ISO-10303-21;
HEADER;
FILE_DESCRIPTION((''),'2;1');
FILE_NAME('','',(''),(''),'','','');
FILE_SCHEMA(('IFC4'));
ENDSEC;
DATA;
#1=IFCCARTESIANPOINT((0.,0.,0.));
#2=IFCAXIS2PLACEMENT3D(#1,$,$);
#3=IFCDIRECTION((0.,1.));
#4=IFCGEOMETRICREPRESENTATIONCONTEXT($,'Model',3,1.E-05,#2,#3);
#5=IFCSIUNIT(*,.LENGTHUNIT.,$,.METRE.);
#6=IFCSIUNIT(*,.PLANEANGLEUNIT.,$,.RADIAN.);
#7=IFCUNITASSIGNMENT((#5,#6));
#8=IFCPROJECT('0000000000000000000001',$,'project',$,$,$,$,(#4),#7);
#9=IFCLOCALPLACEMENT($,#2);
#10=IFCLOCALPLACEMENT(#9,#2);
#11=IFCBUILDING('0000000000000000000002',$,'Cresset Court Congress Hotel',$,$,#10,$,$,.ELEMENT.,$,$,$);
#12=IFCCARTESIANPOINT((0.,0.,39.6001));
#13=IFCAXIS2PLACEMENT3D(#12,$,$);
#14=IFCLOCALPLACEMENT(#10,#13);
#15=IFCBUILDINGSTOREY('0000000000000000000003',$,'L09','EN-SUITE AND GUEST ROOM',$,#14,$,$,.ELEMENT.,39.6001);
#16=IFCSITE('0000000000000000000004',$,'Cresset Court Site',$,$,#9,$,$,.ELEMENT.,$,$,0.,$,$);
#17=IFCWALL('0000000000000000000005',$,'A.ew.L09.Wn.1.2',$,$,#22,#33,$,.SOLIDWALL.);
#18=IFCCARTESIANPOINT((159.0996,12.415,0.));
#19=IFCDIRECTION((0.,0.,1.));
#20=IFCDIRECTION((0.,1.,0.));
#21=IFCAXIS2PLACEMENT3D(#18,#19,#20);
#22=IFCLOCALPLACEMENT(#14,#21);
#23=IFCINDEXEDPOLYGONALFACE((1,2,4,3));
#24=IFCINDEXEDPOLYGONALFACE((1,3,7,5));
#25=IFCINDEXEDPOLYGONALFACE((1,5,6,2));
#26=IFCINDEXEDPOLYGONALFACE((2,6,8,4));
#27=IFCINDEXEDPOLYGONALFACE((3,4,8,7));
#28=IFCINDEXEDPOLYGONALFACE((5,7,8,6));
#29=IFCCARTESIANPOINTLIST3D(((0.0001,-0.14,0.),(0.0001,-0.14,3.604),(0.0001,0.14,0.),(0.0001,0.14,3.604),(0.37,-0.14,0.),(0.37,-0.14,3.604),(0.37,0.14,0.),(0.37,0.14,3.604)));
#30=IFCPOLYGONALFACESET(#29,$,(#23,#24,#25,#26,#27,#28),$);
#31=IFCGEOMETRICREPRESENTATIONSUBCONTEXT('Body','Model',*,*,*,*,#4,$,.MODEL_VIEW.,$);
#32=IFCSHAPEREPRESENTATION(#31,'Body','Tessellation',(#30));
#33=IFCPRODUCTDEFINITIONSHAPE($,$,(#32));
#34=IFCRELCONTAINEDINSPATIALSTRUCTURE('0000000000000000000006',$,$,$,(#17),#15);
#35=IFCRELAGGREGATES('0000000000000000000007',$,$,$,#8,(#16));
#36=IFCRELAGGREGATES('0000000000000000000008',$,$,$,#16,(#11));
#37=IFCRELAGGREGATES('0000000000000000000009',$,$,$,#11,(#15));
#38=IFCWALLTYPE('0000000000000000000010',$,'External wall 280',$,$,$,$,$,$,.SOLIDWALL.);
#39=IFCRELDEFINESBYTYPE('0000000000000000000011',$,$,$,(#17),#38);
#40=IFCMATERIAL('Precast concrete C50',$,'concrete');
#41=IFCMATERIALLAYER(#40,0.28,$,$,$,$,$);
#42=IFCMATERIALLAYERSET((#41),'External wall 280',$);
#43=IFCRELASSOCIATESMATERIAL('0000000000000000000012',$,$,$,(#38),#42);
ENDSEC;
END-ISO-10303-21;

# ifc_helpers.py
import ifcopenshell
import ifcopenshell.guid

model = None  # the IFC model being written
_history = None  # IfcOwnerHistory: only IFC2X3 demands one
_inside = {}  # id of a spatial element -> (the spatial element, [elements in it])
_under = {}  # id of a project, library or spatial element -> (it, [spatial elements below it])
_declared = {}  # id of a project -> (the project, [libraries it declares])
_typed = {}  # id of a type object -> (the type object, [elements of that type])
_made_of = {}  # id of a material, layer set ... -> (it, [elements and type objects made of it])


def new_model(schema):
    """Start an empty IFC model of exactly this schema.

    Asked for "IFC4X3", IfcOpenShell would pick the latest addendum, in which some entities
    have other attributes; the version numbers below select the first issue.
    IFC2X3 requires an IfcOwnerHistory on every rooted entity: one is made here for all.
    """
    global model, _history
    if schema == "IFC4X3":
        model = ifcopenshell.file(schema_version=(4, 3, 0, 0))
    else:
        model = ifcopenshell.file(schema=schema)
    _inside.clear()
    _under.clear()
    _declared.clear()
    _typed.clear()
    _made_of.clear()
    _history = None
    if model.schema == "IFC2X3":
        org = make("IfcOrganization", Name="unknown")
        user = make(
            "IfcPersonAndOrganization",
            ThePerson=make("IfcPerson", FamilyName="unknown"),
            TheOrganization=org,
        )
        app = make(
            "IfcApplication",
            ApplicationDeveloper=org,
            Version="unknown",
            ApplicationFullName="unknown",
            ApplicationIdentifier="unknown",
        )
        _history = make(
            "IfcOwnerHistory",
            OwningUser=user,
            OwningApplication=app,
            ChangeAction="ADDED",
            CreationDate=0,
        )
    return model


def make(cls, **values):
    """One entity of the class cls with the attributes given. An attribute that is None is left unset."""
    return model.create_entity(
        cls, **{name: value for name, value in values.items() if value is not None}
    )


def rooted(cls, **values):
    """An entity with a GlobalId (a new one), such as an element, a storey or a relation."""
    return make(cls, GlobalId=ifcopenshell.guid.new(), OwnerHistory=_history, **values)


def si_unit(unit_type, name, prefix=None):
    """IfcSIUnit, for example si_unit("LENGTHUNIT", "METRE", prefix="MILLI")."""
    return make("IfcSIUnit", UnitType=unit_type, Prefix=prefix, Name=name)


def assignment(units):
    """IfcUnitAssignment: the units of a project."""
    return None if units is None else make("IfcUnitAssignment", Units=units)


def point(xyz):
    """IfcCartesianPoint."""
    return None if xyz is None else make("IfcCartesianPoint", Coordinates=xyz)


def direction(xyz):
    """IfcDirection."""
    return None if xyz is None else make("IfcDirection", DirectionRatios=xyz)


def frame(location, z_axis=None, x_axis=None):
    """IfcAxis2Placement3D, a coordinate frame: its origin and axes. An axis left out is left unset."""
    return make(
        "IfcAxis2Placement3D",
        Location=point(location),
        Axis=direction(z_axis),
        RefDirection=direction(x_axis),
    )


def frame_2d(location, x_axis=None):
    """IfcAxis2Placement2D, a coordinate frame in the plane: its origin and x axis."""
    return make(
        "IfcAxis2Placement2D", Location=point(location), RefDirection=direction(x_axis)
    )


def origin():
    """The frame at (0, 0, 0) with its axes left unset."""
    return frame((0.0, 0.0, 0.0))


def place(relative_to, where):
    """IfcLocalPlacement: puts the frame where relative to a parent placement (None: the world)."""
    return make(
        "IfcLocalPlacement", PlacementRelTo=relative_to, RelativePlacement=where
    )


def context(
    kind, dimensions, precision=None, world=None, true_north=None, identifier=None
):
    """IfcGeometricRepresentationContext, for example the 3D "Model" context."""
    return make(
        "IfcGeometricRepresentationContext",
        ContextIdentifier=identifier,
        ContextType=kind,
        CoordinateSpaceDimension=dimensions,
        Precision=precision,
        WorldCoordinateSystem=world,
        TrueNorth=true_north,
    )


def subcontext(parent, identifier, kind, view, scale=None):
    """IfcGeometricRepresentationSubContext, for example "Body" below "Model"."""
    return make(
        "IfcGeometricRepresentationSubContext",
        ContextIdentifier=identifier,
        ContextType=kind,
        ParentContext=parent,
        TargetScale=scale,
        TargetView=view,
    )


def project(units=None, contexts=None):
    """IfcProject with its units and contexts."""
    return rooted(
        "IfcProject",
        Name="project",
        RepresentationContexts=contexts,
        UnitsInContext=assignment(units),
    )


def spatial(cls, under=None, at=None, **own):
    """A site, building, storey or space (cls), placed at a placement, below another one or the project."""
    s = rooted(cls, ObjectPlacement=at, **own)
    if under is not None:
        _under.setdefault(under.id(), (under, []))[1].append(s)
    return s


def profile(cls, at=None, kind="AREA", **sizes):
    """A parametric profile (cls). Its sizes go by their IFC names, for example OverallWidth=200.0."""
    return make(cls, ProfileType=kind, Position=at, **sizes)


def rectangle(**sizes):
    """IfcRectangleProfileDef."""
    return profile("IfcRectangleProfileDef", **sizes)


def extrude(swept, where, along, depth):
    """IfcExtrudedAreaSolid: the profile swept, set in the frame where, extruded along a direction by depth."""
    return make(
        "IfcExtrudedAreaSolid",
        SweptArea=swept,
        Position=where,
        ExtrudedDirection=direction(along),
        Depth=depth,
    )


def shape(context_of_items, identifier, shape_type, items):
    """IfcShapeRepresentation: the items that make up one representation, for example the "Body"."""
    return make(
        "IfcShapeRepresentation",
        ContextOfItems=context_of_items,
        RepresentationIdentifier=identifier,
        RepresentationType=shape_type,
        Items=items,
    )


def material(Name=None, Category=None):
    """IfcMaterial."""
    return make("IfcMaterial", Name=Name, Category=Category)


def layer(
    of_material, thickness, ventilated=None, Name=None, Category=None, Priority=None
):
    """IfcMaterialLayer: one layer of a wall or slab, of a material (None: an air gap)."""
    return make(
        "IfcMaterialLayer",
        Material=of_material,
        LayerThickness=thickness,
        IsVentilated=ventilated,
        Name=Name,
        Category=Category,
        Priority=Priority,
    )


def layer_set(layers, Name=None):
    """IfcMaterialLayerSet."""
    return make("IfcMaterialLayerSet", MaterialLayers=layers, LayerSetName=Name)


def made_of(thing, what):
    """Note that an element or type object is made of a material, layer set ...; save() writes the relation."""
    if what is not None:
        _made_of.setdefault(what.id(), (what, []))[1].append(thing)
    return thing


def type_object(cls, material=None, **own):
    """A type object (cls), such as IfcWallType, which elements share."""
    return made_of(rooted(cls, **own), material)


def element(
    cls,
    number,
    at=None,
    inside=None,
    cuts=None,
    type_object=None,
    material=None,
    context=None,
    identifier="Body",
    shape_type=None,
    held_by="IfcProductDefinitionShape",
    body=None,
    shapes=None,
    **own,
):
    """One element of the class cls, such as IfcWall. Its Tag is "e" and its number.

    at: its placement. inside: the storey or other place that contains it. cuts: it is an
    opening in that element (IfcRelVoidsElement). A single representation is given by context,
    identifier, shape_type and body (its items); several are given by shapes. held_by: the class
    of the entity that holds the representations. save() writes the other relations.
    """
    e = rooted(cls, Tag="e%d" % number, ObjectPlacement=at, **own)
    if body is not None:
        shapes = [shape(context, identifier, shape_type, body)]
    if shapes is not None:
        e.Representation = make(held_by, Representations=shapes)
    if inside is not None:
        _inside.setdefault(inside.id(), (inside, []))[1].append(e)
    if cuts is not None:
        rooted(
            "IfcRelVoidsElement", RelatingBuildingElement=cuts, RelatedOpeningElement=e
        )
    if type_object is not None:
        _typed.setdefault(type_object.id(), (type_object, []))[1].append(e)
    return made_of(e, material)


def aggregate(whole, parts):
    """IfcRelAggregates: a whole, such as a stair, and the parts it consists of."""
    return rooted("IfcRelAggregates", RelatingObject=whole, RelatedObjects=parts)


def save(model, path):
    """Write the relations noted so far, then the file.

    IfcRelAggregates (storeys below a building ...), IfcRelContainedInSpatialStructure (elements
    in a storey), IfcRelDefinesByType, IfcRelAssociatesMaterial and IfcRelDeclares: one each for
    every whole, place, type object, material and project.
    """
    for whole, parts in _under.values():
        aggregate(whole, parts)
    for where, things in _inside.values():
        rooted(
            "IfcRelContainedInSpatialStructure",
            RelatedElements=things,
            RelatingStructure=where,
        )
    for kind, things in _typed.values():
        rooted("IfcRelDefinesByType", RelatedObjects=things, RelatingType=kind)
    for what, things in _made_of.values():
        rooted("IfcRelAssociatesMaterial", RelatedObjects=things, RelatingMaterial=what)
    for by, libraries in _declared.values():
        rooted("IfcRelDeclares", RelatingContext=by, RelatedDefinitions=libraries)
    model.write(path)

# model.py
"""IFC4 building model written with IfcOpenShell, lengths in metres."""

from ifc_helpers import new_model, si_unit, direction, frame, frame_2d, origin, place, context, subcontext, project, spatial, rectangle, extrude, material, layer, layer_set, type_object, element, save


model = new_model("IFC4")

# Units and contexts
model_context = context("Model", 3, precision=1e-05, world=origin(), true_north=direction((0.0, 1.0)))
body_context = subcontext(model_context, "Body", "Model", "MODEL_VIEW")
ifc_project = project(units=[si_unit("LENGTHUNIT", "METRE"), si_unit("PLANEANGLEUNIT", "RADIAN")], contexts=[model_context])

# Site, building, storey
site_placement = place(None, origin())
site = spatial("IfcSite", under=ifc_project, at=site_placement, Name="Cresset Court Site", CompositionType="ELEMENT", RefElevation=0.0)
building_placement = place(site_placement, origin())
building = spatial("IfcBuilding", under=site, at=building_placement, Name="Cresset Court Congress Hotel", CompositionType="ELEMENT")
storey_placement = place(building_placement, frame((0.0, 0.0, 39.6001)))
storey = spatial("IfcBuildingStorey", under=building, at=storey_placement, Name="L09", Description="EN-SUITE AND GUEST ROOM", CompositionType="ELEMENT", Elevation=39.6001)

# Shared definitions
ifc_material_1 = material(Name="Precast concrete C50", Category="concrete")
ifc_layer_1 = layer(ifc_material_1, 0.28)
ifc_layer_set_1 = layer_set([ifc_layer_1], Name="External wall 280")
wall_type_1 = type_object("IfcWallType", Name="External wall 280", PredefinedType="SOLIDWALL", material=ifc_layer_set_1)

# Wall
wall_1_placement = place(storey_placement, frame((159.0996, 12.415, 0.0), z_axis=(0.0, 0.0, 1.0), x_axis=(0.0, 1.0, 0.0)))
element("IfcWall", 1, at=wall_1_placement, inside=storey, type_object=wall_type_1, Name="A.ew.L09.Wn.1.2", PredefinedType="SOLIDWALL", context=body_context, shape_type="SweptSolid", body=[
    extrude(rectangle(XDim=0.3699, YDim=0.28, at=frame_2d((0.1851, 0.0))), origin(), (0.0, 0.0, 1.0), 3.604),
])

save(model, "model.ifc")
